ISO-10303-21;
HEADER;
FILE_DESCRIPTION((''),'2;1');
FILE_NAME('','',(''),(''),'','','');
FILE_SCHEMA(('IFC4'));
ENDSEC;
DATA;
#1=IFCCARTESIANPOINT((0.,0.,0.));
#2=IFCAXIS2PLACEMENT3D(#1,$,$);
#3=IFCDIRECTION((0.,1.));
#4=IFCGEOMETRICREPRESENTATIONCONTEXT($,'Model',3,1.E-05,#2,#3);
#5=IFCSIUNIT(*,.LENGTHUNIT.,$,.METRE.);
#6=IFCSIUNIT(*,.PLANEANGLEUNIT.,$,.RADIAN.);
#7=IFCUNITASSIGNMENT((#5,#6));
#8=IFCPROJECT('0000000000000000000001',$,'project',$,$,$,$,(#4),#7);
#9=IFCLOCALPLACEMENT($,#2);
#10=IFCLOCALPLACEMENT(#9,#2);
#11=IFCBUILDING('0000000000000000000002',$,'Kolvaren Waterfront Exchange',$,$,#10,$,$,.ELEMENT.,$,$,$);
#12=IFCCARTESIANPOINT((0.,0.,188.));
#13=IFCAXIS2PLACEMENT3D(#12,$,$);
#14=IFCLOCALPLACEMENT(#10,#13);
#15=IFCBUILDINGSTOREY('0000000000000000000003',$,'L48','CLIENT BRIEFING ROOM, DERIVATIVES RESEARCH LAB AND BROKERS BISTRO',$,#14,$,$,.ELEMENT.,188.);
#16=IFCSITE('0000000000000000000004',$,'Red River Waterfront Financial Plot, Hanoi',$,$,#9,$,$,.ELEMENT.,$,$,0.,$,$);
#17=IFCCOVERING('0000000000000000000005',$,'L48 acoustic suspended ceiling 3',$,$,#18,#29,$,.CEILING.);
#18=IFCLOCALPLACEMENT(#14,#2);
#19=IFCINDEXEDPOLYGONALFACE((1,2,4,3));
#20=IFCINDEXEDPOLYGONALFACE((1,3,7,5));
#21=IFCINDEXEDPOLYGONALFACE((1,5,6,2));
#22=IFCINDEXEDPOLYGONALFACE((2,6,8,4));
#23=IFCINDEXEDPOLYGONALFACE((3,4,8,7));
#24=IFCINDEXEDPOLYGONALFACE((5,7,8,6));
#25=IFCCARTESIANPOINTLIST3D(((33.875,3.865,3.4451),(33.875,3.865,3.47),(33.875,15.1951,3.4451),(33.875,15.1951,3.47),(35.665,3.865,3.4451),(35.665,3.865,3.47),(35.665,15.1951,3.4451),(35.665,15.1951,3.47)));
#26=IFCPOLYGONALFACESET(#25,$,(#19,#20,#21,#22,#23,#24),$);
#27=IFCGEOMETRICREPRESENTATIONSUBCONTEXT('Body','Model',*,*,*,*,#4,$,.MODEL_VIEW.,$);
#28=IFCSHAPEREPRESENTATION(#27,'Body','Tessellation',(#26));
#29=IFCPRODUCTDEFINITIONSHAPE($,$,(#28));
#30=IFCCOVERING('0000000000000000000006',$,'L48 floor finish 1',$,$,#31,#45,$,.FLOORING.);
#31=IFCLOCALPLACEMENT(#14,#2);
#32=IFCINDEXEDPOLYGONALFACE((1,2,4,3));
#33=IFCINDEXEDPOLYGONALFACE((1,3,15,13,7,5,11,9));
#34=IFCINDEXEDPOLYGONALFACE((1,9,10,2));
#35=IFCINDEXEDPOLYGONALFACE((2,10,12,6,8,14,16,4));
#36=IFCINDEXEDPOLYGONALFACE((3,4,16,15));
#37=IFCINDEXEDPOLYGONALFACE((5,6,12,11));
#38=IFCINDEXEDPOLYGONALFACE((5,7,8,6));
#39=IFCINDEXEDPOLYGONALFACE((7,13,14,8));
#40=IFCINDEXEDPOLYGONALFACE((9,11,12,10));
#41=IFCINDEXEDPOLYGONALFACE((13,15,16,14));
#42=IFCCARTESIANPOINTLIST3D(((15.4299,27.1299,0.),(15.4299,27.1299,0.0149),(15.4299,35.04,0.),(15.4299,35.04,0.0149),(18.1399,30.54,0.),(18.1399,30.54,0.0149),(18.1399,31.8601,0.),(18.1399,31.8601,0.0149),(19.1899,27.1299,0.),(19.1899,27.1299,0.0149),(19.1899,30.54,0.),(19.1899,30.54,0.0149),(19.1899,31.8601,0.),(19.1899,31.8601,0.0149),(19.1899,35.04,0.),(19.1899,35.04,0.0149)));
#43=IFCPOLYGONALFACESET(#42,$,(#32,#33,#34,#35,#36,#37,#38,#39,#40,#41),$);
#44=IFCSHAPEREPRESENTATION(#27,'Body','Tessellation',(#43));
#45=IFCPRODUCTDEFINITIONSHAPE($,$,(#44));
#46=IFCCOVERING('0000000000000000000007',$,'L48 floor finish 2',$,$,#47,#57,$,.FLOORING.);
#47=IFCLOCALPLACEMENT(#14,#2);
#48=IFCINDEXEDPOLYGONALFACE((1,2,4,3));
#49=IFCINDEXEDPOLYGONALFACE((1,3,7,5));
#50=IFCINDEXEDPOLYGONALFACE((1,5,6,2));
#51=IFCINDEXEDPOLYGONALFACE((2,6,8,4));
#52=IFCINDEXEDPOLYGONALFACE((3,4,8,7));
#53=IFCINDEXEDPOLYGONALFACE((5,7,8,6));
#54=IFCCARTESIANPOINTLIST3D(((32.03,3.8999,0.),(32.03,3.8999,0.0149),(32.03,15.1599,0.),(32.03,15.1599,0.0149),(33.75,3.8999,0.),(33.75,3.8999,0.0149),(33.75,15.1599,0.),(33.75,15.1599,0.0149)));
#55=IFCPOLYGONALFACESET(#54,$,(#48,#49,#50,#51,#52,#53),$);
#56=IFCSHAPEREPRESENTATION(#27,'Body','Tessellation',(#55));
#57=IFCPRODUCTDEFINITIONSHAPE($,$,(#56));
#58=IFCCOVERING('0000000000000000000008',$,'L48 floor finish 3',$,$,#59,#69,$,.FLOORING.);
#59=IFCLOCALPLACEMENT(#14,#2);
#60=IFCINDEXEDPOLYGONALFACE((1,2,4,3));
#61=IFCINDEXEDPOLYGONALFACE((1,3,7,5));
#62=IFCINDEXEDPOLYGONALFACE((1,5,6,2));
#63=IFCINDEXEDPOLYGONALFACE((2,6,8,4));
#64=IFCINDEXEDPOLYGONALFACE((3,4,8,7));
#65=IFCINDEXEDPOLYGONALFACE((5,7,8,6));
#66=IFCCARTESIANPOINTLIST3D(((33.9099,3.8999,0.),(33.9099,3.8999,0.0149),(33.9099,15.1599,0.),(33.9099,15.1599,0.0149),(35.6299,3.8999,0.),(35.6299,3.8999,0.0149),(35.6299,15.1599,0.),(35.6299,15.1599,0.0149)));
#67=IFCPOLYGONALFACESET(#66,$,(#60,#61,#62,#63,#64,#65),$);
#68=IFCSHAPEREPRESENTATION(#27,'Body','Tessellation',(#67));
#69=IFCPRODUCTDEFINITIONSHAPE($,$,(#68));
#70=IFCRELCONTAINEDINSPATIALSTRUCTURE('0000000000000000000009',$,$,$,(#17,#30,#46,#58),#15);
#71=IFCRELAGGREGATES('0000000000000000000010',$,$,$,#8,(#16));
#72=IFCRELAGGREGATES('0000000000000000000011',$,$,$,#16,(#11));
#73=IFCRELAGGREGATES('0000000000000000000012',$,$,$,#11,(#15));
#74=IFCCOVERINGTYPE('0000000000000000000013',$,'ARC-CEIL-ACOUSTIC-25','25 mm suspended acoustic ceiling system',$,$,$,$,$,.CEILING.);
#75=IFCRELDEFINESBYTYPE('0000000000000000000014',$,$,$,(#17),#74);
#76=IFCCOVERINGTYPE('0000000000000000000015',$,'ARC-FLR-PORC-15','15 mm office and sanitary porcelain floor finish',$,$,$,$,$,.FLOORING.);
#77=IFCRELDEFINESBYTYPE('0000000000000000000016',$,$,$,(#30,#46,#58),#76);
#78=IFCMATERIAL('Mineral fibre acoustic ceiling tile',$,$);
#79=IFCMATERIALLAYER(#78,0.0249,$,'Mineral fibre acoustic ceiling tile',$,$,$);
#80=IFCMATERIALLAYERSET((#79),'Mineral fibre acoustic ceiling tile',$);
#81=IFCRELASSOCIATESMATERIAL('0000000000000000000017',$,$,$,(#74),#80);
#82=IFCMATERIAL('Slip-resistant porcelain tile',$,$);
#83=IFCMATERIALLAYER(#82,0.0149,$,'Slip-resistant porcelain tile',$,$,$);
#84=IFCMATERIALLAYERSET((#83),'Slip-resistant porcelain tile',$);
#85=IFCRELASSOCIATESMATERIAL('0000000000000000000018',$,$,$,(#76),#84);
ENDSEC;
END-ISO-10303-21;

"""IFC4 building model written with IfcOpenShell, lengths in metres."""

from ifc_helpers import new_model, si_unit, direction, frame, origin, place, context, subcontext, project, spatial, polyline, outline, extrude, material, layer, layer_set, type_object, element, save


model = new_model("IFC4")

# Units and contexts
model_context = context("Model", 3, precision=1e-05, world=origin(), true_north=direction((0.0, 1.0)))
body_context = subcontext(model_context, "Body", "Model", "MODEL_VIEW")
ifc_project = project(units=[si_unit("LENGTHUNIT", "METRE"), si_unit("PLANEANGLEUNIT", "RADIAN")], contexts=[model_context])

# Site, building, storey
site_placement = place(None, origin())
site = spatial("IfcSite", under=ifc_project, at=site_placement, Name="Red River Waterfront Financial Plot, Hanoi", CompositionType="ELEMENT", RefElevation=0.0)
building_placement = place(site_placement, origin())
building = spatial("IfcBuilding", under=site, at=building_placement, Name="Kolvaren Waterfront Exchange", CompositionType="ELEMENT")
storey_placement = place(building_placement, frame((0.0, 0.0, 188.0)))
storey = spatial("IfcBuildingStorey", under=building, at=storey_placement, Name="L48", Description="CLIENT BRIEFING ROOM, DERIVATIVES RESEARCH LAB AND BROKERS BISTRO", CompositionType="ELEMENT", Elevation=188.0)

# Coverings
ifc_material_1 = material(Name="Mineral fibre acoustic ceiling tile")
ifc_layer_1 = layer(ifc_material_1, 0.0249, Name="Mineral fibre acoustic ceiling tile")
ifc_layer_set_1 = layer_set([ifc_layer_1], Name="Mineral fibre acoustic ceiling tile")
covering_type_1 = type_object("IfcCoveringType", Name="ARC-CEIL-ACOUSTIC-25", Description="25 mm suspended acoustic ceiling system", PredefinedType="CEILING", material=ifc_layer_set_1)
covering_1_placement = place(storey_placement, frame((0.0, 0.0, 3.4451)))
element("IfcCovering", 1, at=covering_1_placement, inside=storey, type_object=covering_type_1, Name="L48 acoustic suspended ceiling 3", PredefinedType="CEILING", context=body_context, shape_type="SweptSolid", body=[
    extrude(outline(polyline([(35.665, 3.865), (35.665, 15.1951), (33.875, 15.1951), (33.875, 3.865), (35.665, 3.865)])), origin(), (0.0, 0.0, 1.0), 0.0249),
])
ifc_material_2 = material(Name="Slip-resistant porcelain tile")
ifc_layer_2 = layer(ifc_material_2, 0.0149, Name="Slip-resistant porcelain tile")
ifc_layer_set_2 = layer_set([ifc_layer_2], Name="Slip-resistant porcelain tile")
covering_type_2 = type_object("IfcCoveringType", Name="ARC-FLR-PORC-15", Description="15 mm office and sanitary porcelain floor finish", PredefinedType="FLOORING", material=ifc_layer_set_2)
covering_2_placement = place(storey_placement, origin())
element("IfcCovering", 2, at=covering_2_placement, inside=storey, type_object=covering_type_2, Name="L48 floor finish 1", PredefinedType="FLOORING", context=body_context, shape_type="SweptSolid", body=[
    extrude(outline(polyline([(15.4299, 35.04), (15.4299, 27.1299), (19.1899, 27.1299), (19.1899, 30.54), (18.1399, 30.54), (18.1399, 31.8601), (19.1899, 31.8601), (19.1899, 35.04), (15.4299, 35.04)])), origin(), (0.0, 0.0, 1.0), 0.0149),
])
covering_3_placement = place(storey_placement, origin())
element("IfcCovering", 3, at=covering_3_placement, inside=storey, type_object=covering_type_2, Name="L48 floor finish 2", PredefinedType="FLOORING", context=body_context, shape_type="SweptSolid", body=[
    extrude(outline(polyline([(32.03, 15.1599), (32.03, 3.8999), (33.75, 3.8999), (33.75, 15.1599), (32.03, 15.1599)])), origin(), (0.0, 0.0, 1.0), 0.0149),
])
covering_4_placement = place(storey_placement, origin())
element("IfcCovering", 4, at=covering_4_placement, inside=storey, type_object=covering_type_2, Name="L48 floor finish 3", PredefinedType="FLOORING", context=body_context, shape_type="SweptSolid", body=[
    extrude(outline(polyline([(33.9099, 15.1599), (33.9099, 3.8999), (35.6299, 3.8999), (35.6299, 15.1599), (33.9099, 15.1599)])), origin(), (0.0, 0.0, 1.0), 0.0149),
])

save(model, "model.ifc")
